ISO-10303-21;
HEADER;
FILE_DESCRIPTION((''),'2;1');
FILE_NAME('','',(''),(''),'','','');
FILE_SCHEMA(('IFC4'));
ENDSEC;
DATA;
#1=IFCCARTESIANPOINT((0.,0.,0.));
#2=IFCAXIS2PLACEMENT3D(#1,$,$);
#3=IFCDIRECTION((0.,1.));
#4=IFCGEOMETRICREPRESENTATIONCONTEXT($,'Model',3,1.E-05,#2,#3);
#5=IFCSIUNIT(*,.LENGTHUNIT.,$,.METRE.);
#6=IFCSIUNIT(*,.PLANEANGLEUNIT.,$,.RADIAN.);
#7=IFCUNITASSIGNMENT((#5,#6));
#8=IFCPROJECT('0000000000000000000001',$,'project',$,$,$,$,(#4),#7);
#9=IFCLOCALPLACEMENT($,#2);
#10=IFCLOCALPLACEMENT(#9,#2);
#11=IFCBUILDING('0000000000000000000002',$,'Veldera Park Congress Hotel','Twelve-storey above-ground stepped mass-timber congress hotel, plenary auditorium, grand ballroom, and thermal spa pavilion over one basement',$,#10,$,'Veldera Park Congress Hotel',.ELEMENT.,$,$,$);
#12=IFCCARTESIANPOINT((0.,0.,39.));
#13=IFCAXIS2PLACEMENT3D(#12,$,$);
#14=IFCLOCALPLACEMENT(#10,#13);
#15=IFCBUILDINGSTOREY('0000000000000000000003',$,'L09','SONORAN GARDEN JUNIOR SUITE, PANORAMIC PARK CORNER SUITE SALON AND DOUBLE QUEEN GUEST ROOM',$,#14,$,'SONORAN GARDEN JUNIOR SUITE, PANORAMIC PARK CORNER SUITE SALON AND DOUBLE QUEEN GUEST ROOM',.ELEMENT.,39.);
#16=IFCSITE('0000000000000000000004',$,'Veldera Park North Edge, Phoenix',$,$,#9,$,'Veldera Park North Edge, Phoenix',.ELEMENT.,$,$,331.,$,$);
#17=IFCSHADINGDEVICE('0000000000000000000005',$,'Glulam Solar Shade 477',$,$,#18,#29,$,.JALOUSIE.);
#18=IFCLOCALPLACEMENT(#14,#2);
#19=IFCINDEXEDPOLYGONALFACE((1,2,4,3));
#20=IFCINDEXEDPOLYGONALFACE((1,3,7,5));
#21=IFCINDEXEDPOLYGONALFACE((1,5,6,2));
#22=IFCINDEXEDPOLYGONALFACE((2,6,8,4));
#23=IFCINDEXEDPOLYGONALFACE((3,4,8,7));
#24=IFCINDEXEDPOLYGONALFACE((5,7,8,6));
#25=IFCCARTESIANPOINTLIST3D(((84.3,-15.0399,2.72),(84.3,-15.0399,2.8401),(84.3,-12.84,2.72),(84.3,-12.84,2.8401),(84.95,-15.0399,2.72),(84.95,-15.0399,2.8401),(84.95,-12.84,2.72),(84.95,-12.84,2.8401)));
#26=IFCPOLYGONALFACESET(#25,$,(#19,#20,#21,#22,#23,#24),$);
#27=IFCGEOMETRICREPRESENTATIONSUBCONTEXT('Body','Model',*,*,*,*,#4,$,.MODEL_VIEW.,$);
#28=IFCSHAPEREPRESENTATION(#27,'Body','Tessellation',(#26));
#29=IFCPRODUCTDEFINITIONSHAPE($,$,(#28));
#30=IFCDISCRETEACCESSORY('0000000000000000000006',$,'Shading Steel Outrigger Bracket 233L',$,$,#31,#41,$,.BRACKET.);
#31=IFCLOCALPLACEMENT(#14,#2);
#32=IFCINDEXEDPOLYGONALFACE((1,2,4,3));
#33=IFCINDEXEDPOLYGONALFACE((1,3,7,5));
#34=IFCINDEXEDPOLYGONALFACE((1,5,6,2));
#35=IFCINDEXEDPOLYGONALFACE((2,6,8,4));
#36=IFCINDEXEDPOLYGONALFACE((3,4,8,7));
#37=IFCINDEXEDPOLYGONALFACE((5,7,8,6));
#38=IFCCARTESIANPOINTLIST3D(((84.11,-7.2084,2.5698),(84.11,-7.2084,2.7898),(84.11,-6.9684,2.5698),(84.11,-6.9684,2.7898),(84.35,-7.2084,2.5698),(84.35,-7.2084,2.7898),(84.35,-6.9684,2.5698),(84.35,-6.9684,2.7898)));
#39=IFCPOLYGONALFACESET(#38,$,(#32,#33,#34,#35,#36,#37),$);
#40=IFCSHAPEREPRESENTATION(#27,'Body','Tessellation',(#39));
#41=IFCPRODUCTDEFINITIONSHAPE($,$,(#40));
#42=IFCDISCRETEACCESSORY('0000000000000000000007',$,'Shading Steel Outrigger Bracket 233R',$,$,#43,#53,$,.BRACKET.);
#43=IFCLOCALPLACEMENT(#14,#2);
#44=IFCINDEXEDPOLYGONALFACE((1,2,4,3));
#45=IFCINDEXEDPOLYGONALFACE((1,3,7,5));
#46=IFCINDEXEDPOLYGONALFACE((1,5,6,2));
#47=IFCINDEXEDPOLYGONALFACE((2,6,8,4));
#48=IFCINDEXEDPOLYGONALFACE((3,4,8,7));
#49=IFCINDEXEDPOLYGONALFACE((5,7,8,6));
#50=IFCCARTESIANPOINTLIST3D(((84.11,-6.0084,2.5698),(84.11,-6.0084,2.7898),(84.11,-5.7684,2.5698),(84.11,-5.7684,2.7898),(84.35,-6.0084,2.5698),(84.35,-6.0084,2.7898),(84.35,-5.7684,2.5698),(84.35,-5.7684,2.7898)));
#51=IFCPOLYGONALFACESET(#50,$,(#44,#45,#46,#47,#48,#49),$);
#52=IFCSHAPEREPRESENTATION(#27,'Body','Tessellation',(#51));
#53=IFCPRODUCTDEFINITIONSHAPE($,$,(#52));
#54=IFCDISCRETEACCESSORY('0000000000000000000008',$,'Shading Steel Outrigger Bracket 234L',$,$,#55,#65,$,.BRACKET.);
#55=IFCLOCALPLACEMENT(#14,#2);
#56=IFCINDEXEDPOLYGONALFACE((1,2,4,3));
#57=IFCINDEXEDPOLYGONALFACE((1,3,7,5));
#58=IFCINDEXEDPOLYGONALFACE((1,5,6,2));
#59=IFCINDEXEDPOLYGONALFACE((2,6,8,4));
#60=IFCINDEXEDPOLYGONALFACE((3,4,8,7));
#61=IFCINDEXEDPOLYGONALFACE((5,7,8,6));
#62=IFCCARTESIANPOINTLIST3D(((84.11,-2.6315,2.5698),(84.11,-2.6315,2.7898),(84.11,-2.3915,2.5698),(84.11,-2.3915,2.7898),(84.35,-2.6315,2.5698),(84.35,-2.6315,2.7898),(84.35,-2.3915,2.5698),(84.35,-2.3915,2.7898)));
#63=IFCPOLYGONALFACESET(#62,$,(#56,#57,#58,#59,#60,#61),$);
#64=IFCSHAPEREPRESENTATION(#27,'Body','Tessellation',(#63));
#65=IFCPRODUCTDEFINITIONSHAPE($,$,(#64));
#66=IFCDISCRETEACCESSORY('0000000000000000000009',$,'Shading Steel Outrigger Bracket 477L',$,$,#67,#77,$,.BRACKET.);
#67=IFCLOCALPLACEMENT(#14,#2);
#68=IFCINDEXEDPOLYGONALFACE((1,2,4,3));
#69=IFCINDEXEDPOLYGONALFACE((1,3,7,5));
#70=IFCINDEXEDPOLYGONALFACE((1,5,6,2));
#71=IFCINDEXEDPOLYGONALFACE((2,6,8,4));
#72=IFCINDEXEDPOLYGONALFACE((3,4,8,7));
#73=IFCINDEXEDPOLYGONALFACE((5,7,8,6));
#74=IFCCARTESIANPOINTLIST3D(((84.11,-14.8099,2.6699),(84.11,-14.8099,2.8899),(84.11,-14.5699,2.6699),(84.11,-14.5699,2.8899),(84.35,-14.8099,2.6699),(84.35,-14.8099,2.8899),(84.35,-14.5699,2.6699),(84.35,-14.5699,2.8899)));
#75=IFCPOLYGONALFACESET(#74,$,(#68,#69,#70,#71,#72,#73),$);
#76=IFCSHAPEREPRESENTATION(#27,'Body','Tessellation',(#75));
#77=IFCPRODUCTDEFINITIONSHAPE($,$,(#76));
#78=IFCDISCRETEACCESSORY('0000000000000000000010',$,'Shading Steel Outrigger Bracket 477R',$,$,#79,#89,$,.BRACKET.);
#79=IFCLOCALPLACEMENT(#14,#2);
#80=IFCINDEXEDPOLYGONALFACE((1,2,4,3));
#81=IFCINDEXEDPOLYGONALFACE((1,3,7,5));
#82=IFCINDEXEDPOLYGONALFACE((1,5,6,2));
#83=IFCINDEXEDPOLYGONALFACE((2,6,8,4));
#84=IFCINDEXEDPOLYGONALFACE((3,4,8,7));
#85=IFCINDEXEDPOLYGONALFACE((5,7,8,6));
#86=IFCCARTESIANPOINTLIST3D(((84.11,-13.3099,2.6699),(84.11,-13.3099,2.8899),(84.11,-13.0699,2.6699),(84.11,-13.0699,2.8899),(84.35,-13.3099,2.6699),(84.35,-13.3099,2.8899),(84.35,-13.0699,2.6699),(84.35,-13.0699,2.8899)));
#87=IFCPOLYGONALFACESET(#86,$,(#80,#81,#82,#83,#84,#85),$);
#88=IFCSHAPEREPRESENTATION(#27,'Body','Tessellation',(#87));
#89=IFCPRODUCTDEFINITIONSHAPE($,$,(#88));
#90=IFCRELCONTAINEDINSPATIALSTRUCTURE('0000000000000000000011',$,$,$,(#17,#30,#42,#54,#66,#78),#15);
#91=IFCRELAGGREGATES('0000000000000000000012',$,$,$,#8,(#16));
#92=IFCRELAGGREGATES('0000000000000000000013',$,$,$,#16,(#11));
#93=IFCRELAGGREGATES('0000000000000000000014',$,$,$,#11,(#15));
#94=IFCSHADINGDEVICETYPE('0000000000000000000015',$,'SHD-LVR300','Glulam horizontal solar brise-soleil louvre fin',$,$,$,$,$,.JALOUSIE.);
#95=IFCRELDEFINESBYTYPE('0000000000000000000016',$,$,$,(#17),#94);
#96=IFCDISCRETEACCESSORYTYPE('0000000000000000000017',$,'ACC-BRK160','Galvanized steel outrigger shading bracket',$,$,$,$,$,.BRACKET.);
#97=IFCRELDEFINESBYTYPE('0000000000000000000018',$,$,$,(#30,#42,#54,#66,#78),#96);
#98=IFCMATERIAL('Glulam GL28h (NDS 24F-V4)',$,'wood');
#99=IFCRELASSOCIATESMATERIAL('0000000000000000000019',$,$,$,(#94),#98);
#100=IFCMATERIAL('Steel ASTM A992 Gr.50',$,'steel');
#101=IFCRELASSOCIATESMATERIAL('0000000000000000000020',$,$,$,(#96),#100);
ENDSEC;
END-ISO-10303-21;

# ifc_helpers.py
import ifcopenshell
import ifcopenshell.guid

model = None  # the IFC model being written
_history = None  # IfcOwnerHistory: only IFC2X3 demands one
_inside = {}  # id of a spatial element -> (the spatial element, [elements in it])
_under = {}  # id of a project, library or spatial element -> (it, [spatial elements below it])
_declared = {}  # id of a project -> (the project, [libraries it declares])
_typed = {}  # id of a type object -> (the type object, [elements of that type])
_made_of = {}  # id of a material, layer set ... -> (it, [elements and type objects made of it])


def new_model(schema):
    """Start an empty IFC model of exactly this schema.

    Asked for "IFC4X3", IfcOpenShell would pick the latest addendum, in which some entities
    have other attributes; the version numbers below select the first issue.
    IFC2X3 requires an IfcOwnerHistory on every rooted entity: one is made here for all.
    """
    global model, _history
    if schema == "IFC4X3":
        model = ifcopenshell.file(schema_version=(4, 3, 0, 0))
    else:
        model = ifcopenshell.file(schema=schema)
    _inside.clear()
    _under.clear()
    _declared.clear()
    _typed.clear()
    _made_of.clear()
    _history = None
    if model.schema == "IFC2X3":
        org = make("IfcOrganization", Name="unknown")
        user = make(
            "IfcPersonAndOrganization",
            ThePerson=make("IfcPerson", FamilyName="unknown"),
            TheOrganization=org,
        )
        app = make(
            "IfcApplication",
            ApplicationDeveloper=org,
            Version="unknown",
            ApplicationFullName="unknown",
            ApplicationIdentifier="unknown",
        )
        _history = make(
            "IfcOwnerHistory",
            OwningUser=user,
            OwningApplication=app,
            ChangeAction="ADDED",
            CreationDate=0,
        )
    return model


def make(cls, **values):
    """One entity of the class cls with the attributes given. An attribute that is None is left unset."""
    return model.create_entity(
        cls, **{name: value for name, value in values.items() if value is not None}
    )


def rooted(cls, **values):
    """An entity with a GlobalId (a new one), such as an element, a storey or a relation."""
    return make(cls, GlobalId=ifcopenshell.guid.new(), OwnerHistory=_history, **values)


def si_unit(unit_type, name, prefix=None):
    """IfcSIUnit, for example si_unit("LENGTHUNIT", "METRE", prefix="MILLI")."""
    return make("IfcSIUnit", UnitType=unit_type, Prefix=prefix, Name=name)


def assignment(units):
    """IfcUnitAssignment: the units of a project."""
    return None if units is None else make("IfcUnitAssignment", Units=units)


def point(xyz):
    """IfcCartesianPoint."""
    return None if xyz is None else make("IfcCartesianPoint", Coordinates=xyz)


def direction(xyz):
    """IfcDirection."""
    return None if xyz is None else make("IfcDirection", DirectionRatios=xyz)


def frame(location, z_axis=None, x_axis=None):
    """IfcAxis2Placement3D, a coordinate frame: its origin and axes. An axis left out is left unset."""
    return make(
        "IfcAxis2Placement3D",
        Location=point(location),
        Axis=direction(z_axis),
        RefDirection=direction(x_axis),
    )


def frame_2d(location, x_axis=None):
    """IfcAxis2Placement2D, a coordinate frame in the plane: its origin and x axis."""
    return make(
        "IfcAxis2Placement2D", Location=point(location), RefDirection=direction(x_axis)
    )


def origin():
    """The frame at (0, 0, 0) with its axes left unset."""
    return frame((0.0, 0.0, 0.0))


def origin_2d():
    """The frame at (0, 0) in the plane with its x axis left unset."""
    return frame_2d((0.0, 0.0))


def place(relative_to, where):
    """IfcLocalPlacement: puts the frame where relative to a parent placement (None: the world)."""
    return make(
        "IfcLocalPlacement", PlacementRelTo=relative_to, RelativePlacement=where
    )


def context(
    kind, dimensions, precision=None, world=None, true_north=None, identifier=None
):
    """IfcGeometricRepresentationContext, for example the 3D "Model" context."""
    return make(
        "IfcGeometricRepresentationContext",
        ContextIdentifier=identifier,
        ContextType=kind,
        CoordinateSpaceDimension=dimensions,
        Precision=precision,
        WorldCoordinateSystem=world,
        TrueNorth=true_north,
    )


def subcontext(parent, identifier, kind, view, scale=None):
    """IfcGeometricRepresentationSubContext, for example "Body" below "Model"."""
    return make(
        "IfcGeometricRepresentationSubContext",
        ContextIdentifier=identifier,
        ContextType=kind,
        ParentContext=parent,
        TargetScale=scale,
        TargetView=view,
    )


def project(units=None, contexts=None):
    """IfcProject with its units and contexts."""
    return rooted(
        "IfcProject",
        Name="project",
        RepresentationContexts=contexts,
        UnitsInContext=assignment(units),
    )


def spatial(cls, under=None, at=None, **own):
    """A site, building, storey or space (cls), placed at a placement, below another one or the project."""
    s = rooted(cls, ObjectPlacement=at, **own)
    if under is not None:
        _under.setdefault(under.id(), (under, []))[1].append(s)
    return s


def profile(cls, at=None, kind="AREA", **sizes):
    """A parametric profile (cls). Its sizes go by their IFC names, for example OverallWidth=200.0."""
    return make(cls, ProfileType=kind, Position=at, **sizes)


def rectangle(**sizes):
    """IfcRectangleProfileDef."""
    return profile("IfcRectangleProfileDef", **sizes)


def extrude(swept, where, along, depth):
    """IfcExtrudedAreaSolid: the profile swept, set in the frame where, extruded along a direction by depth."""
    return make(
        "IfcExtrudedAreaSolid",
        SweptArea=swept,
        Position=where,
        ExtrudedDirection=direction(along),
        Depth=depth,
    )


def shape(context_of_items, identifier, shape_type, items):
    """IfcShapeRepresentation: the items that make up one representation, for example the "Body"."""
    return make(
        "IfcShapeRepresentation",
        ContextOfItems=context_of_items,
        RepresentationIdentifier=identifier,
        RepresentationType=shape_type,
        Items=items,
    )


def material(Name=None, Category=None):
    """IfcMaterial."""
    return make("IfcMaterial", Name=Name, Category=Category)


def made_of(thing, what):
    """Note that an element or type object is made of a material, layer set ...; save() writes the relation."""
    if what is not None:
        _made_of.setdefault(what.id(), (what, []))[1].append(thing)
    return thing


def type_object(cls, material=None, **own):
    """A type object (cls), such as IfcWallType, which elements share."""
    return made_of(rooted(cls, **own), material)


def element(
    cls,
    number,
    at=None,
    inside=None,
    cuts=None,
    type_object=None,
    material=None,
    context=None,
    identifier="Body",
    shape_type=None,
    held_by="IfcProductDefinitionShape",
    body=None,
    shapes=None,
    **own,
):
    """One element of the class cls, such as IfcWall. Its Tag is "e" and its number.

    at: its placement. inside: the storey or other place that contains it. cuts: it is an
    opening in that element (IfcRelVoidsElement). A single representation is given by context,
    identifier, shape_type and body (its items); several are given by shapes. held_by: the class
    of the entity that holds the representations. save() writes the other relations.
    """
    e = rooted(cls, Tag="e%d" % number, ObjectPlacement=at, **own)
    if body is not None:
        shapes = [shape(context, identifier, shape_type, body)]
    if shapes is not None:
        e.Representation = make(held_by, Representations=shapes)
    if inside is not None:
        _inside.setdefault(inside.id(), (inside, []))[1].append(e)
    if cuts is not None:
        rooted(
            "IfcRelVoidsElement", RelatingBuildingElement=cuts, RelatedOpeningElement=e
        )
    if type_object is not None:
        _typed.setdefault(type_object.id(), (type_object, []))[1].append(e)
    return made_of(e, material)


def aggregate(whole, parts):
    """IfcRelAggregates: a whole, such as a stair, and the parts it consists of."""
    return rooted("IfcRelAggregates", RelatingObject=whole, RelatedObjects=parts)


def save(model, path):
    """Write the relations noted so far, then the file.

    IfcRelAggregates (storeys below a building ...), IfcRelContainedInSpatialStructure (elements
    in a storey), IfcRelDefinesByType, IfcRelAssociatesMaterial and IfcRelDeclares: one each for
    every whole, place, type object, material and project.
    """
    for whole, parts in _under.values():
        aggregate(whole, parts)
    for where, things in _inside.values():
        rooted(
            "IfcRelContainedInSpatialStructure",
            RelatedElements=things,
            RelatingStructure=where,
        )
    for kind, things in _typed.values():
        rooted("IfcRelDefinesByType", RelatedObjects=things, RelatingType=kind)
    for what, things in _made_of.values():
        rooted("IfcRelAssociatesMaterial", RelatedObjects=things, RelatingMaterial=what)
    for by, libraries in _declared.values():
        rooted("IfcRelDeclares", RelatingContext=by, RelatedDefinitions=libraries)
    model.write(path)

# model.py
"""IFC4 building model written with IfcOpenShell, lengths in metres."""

from ifc_helpers import new_model, si_unit, direction, frame, origin, origin_2d, place, context, subcontext, project, spatial, rectangle, extrude, material, type_object, element, save


model = new_model("IFC4")

# Units and contexts
model_context = context("Model", 3, precision=1e-05, world=origin(), true_north=direction((0.0, 1.0)))
body_context = subcontext(model_context, "Body", "Model", "MODEL_VIEW")
ifc_project = project(units=[si_unit("LENGTHUNIT", "METRE"), si_unit("PLANEANGLEUNIT", "RADIAN")], contexts=[model_context])

# Site, building, storey
site_placement = place(None, origin())
site = spatial("IfcSite", under=ifc_project, at=site_placement, Name="Veldera Park North Edge, Phoenix", LongName="Veldera Park North Edge, Phoenix", CompositionType="ELEMENT", RefElevation=331.0)
building_placement = place(site_placement, origin())
building = spatial("IfcBuilding", under=site, at=building_placement, Name="Veldera Park Congress Hotel", Description="Twelve-storey above-ground stepped mass-timber congress hotel, plenary auditorium, grand ballroom, and thermal spa pavilion over one basement", LongName="Veldera Park Congress Hotel", CompositionType="ELEMENT")
storey_placement = place(building_placement, frame((0.0, 0.0, 39.0)))
storey = spatial("IfcBuildingStorey", under=building, at=storey_placement, Name="L09", Description="SONORAN GARDEN JUNIOR SUITE, PANORAMIC PARK CORNER SUITE SALON AND DOUBLE QUEEN GUEST ROOM", LongName="SONORAN GARDEN JUNIOR SUITE, PANORAMIC PARK CORNER SUITE SALON AND DOUBLE QUEEN GUEST ROOM", CompositionType="ELEMENT", Elevation=39.0)

# Shared definitions
ifc_material_1 = material(Name="Glulam GL28h (NDS 24F-V4)", Category="wood")

# Shared definitions
ifc_material_2 = material(Name="Steel ASTM A992 Gr.50", Category="steel")

# Shading device
shading_device_type = type_object("IfcShadingDeviceType", Name="SHD-LVR300", Description="Glulam horizontal solar brise-soleil louvre fin", PredefinedType="JALOUSIE", material=ifc_material_1)
shading_device_1_placement = place(storey_placement, frame((84.625, -13.9399, 2.72), z_axis=(0.0, 0.0, 1.0), x_axis=(0.0, 1.0, 0.0)))
element("IfcShadingDevice", 1, at=shading_device_1_placement, inside=storey, type_object=shading_device_type, Name="Glulam Solar Shade 477", PredefinedType="JALOUSIE", context=body_context, shape_type="SweptSolid", body=[
    extrude(rectangle(XDim=2.2, YDim=0.6499, at=origin_2d()), origin(), (0.0, 0.0, 1.0), 0.1201),
])

# Discrete accessories
discrete_accessory_type = type_object("IfcDiscreteAccessoryType", Name="ACC-BRK160", Description="Galvanized steel outrigger shading bracket", PredefinedType="BRACKET", material=ifc_material_2)
for number, where, z_axis, x_axis, name in (
    (2, (84.23, -7.0884, 2.5698), (0.0, 0.0, 1.0), (0.0, 1.0, 0.0), "Shading Steel Outrigger Bracket 233L"),
    (3, (84.23, -5.8884, 2.5698), (0.0, 0.0, 1.0), (0.0, 1.0, 0.0), "Shading Steel Outrigger Bracket 233R"),
    (4, (84.23, -2.5115, 2.5698), (0.0, 0.0, 1.0), (0.0, 1.0, 0.0), "Shading Steel Outrigger Bracket 234L"),
    (5, (84.23, -14.6899, 2.6699), (0.0, 0.0, 1.0), (0.0, 1.0, 0.0), "Shading Steel Outrigger Bracket 477L"),
    (6, (84.23, -13.1899, 2.6699), (0.0, 0.0, 1.0), (0.0, 1.0, 0.0), "Shading Steel Outrigger Bracket 477R"),
):
    element("IfcDiscreteAccessory", number, at=place(storey_placement, frame(where, z_axis=z_axis, x_axis=x_axis)), inside=storey, type_object=discrete_accessory_type, Name=name, PredefinedType="BRACKET", context=body_context, shape_type="SweptSolid", body=[
        extrude(rectangle(XDim=0.24, YDim=0.24, at=origin_2d()), origin(), (0.0, 0.0, 1.0), 0.22),
    ])

save(model, "model.ifc")
